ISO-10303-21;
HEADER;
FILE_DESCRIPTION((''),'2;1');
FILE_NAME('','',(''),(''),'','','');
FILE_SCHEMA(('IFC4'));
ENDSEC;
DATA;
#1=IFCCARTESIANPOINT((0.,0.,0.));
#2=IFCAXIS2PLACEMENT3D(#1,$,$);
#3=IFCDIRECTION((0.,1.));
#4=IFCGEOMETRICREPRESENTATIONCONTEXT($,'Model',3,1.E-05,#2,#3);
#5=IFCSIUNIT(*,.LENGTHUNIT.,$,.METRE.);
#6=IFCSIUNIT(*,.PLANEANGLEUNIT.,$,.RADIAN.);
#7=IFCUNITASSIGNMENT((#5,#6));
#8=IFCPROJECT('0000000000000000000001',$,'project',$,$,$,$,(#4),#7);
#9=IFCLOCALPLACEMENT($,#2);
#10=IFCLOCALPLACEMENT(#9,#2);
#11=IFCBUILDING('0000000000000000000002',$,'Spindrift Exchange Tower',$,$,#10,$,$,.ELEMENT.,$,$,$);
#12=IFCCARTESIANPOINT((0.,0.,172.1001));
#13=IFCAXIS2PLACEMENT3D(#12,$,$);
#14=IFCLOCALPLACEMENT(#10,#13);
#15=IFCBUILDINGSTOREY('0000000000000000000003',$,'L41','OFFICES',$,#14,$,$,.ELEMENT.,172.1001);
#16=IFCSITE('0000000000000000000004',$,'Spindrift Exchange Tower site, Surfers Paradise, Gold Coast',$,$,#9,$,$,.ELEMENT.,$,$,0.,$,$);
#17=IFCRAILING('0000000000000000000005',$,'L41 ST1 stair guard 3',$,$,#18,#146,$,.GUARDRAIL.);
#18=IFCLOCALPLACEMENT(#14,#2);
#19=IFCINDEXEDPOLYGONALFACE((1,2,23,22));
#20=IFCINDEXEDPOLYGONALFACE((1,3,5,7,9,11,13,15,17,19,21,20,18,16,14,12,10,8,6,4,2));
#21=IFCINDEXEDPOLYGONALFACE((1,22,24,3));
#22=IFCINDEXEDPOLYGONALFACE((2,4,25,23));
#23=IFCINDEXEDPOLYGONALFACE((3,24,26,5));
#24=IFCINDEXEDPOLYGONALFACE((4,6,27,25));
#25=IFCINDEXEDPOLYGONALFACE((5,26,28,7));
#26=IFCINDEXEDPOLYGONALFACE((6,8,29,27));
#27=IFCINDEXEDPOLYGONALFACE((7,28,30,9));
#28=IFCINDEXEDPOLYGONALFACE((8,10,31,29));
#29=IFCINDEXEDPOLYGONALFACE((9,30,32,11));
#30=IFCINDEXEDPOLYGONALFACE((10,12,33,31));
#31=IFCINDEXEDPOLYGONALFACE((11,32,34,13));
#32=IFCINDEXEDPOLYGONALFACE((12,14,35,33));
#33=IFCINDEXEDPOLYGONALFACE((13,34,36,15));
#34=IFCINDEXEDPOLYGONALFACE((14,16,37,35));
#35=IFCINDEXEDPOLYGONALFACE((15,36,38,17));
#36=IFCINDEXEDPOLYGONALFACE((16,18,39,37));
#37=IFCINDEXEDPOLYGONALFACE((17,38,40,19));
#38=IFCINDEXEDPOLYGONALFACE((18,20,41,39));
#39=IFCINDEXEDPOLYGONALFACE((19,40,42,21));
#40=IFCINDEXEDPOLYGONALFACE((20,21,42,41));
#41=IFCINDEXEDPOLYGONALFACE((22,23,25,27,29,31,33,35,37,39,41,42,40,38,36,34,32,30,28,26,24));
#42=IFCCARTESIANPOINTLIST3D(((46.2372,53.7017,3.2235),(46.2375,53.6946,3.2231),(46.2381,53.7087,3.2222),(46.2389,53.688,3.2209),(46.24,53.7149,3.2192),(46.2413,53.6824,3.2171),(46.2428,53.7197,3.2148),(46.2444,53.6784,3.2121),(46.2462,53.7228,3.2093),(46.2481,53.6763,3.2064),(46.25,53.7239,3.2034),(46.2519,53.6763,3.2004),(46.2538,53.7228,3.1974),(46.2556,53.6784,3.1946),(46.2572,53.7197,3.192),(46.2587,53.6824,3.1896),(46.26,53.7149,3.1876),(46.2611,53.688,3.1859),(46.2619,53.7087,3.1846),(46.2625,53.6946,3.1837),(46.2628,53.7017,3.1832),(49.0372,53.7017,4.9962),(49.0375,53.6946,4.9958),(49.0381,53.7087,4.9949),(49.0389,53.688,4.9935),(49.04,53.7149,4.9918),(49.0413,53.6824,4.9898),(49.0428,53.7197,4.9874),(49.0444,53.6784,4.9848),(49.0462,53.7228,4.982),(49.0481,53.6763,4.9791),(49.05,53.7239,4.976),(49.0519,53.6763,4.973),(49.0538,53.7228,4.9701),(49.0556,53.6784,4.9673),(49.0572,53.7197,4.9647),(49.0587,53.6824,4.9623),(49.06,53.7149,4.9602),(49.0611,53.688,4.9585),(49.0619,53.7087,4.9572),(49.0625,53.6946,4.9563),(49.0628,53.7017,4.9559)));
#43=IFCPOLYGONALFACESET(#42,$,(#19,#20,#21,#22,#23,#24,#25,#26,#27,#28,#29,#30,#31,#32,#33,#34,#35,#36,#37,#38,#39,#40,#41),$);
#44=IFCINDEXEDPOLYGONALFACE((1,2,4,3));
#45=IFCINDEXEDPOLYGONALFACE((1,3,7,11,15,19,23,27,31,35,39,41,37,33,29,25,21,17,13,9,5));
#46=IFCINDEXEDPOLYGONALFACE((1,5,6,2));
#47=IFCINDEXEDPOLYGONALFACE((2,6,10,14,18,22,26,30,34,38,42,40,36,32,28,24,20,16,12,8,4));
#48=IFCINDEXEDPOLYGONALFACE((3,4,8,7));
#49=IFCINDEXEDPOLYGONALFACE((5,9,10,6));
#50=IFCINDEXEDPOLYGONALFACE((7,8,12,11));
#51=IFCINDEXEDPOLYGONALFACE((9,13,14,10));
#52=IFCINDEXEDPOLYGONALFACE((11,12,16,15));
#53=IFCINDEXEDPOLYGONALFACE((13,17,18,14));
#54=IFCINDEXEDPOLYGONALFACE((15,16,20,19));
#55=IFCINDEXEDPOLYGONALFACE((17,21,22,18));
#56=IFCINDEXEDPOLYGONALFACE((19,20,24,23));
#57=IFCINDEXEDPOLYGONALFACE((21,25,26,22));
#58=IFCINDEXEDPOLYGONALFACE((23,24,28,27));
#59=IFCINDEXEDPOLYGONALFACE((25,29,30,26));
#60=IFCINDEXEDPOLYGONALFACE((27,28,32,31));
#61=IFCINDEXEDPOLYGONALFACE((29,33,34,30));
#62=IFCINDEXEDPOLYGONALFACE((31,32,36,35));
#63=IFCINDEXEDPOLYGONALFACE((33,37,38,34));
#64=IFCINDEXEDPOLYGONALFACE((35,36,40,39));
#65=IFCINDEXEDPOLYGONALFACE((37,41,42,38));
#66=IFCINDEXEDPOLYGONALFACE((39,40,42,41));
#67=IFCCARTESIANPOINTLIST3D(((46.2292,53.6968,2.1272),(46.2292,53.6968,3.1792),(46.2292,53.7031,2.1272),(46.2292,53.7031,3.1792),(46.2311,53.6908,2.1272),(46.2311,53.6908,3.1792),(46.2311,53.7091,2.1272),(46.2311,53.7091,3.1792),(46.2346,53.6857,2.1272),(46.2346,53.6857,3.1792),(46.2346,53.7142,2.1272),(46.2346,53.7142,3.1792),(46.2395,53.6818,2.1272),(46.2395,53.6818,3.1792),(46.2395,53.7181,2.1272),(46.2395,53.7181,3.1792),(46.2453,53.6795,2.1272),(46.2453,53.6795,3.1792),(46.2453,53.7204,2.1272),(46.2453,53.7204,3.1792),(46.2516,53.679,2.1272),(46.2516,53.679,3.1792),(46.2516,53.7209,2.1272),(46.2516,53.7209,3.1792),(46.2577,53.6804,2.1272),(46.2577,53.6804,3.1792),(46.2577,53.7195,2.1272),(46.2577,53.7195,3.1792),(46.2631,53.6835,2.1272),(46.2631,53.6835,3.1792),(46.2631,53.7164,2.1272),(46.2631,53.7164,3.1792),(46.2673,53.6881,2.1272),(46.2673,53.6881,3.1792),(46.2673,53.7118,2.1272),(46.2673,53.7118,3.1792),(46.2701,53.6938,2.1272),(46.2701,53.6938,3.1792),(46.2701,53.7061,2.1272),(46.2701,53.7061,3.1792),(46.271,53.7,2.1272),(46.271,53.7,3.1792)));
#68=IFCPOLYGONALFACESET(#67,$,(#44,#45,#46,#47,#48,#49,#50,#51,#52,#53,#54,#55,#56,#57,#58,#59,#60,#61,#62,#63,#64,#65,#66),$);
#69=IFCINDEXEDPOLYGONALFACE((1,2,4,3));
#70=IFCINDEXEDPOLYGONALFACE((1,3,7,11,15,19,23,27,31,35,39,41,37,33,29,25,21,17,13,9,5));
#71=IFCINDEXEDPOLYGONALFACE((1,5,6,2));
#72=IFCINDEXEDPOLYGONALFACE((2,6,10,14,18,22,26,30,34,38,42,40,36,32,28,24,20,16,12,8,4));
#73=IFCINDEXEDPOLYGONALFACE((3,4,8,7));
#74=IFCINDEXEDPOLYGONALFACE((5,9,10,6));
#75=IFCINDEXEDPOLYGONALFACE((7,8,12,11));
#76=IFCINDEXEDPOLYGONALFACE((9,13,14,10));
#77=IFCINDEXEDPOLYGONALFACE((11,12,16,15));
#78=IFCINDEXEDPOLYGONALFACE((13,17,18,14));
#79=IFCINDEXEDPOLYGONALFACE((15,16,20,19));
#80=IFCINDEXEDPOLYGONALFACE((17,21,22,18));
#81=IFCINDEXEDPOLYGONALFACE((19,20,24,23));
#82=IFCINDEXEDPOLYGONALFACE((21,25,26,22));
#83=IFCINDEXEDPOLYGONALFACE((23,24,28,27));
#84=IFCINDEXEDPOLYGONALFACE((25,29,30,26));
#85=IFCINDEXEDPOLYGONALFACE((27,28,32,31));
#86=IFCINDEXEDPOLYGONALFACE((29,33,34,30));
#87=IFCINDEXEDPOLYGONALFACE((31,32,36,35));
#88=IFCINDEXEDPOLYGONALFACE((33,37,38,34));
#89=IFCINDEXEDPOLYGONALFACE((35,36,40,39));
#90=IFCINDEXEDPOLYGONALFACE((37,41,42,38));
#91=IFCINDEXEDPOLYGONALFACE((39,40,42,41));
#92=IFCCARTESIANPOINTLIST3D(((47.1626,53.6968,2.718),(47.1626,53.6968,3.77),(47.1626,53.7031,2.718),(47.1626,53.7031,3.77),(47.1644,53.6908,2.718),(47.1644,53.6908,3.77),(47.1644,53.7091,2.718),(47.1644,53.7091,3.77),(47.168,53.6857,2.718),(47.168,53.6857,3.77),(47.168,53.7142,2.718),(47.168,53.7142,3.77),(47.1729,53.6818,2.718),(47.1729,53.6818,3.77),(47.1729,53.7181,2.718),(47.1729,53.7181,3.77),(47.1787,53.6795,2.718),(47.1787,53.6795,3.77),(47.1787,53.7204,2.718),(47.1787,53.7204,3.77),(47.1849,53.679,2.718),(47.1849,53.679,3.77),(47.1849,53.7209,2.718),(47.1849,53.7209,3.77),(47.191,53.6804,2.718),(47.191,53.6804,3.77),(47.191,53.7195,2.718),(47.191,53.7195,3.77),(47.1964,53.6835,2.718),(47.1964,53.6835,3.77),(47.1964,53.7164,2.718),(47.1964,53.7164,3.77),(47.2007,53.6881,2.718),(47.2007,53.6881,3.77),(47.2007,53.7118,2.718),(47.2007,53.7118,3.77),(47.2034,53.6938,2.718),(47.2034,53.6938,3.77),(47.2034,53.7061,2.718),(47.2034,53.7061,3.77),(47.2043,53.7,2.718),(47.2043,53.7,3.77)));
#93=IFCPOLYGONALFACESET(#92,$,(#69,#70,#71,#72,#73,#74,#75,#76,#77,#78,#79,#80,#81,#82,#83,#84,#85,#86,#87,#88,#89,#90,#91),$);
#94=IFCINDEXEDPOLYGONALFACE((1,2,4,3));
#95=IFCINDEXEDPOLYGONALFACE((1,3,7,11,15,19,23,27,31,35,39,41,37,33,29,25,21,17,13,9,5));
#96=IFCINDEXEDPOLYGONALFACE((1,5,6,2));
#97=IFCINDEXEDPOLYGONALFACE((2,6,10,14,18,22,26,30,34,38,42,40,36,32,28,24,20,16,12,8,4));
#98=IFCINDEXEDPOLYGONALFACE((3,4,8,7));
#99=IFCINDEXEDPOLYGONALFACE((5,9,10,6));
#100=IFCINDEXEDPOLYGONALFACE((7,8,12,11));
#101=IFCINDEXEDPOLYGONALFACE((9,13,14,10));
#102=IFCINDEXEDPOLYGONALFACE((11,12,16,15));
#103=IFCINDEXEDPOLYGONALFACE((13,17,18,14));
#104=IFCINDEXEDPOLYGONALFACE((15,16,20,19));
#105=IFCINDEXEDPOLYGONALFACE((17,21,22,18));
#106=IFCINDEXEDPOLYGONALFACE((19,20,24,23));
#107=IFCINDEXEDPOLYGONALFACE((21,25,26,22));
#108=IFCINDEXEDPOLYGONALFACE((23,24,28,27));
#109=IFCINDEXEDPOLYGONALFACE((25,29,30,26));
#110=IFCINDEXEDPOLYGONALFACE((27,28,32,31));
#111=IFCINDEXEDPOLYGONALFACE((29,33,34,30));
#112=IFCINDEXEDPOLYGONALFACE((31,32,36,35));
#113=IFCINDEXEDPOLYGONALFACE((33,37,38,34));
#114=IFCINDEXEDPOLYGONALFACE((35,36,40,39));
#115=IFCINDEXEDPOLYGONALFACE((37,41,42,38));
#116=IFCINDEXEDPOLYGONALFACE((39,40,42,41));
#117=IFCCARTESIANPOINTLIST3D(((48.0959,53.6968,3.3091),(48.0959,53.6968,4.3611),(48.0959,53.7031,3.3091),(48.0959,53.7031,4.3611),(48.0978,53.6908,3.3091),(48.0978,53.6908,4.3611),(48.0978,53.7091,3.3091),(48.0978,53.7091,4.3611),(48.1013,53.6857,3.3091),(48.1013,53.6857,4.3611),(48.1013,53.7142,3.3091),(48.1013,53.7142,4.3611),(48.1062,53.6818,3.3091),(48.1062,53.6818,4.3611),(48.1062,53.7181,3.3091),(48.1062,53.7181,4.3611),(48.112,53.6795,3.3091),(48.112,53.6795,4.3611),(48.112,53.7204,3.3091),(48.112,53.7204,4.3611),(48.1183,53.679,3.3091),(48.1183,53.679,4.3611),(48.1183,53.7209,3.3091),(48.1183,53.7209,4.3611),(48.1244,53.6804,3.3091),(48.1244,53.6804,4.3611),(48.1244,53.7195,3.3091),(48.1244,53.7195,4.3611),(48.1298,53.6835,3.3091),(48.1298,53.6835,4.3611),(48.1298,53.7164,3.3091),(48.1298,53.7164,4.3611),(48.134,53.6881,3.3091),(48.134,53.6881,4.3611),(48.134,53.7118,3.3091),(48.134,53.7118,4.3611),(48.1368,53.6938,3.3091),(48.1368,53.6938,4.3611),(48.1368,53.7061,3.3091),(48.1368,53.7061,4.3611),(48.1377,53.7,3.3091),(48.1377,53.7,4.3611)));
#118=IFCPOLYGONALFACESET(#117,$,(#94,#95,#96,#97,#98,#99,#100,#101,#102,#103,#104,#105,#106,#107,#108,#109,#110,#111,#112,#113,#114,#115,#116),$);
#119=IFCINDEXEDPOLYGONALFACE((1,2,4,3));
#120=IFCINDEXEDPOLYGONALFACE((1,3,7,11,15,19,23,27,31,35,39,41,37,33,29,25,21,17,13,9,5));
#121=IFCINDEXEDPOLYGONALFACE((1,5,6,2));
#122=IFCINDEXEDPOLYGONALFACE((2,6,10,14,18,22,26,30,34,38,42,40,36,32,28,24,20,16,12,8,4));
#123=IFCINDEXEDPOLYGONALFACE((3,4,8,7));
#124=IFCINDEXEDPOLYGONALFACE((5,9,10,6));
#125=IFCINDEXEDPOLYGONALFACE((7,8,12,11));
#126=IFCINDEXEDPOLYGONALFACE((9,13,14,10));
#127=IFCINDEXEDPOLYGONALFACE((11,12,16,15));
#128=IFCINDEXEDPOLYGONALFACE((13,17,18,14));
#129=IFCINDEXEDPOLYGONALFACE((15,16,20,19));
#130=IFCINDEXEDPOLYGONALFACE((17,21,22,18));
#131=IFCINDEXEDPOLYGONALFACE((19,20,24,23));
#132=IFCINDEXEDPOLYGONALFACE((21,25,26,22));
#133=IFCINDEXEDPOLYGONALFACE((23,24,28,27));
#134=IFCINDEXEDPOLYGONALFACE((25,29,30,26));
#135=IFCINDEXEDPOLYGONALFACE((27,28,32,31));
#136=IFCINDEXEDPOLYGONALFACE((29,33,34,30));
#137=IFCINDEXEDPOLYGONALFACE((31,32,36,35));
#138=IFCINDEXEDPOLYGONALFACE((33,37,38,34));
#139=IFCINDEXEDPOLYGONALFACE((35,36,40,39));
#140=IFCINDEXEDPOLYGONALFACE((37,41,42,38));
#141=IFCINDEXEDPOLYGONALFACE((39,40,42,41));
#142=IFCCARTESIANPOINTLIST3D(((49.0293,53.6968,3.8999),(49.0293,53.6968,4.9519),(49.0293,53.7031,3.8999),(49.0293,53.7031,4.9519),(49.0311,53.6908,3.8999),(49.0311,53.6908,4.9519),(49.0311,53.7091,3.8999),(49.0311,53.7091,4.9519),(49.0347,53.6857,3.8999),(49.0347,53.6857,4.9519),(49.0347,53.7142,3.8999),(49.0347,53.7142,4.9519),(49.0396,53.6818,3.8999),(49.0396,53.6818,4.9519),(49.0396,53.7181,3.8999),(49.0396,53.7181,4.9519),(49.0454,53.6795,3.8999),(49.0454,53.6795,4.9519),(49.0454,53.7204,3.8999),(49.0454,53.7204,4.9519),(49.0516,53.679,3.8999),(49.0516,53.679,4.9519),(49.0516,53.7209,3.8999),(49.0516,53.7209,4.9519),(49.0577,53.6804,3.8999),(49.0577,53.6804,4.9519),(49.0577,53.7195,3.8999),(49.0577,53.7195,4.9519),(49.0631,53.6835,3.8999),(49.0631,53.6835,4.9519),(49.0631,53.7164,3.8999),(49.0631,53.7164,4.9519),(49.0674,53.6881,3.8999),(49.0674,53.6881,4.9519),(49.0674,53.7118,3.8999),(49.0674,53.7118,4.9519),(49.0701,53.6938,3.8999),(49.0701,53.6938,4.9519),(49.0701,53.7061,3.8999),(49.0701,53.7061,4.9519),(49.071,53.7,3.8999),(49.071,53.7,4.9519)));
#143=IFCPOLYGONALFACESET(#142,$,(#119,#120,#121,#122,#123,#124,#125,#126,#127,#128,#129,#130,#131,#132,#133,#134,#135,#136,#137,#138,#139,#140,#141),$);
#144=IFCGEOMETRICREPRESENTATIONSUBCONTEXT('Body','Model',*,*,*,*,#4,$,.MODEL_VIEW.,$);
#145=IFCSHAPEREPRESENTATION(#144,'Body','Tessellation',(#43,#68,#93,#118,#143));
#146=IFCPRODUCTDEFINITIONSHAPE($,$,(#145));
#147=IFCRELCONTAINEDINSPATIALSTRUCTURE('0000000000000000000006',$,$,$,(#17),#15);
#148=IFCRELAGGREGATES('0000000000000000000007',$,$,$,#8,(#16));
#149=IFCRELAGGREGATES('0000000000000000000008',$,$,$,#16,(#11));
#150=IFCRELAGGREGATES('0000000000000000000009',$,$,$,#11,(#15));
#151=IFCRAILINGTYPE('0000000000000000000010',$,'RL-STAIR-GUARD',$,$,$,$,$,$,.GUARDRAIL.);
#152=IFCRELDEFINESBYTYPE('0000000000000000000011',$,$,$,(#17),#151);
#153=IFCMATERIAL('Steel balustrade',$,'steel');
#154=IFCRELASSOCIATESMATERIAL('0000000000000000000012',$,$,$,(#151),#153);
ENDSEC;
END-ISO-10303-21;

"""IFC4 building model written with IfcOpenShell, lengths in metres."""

from ifc_helpers import new_model, si_unit, direction, frame, origin, origin_2d, place, context, subcontext, project, spatial, circle, extrude, material, type_object, element, save


model = new_model("IFC4")

# Units and contexts
model_context = context("Model", 3, precision=1e-05, world=origin(), true_north=direction((0.0, 1.0)))
body_context = subcontext(model_context, "Body", "Model", "MODEL_VIEW")
ifc_project = project(units=[si_unit("LENGTHUNIT", "METRE"), si_unit("PLANEANGLEUNIT", "RADIAN")], contexts=[model_context])

# Site, building, storey
site_placement = place(None, origin())
site = spatial("IfcSite", under=ifc_project, at=site_placement, Name="Spindrift Exchange Tower site, Surfers Paradise, Gold Coast", CompositionType="ELEMENT", RefElevation=0.0)
building_placement = place(site_placement, origin())
building = spatial("IfcBuilding", under=site, at=building_placement, Name="Spindrift Exchange Tower", CompositionType="ELEMENT")
storey_placement = place(building_placement, frame((0.0, 0.0, 172.1001)))
storey = spatial("IfcBuildingStorey", under=building, at=storey_placement, Name="L41", Description="OFFICES", CompositionType="ELEMENT", Elevation=172.1001)

# Railing
ifc_material_1 = material(Name="Steel balustrade", Category="steel")
railing_type_1 = type_object("IfcRailingType", Name="RL-STAIR-GUARD", PredefinedType="GUARDRAIL", material=ifc_material_1)
railing_1_placement = place(storey_placement, frame((46.25, 53.7, 2.1272)))
element("IfcRailing", 1, at=railing_1_placement, inside=storey, type_object=railing_type_1, Name="L41 ST1 stair guard 3", PredefinedType="GUARDRAIL", context=body_context, shape_type="SweptSolid", body=[
    extrude(circle(Radius=0.0239, at=origin_2d()), frame((0.0, 0.0, 1.0762), z_axis=(0.844909, 0.0, 0.53491), x_axis=(0.0, 1.0, 0.0)), (0.0, 0.0, 1.0), 3.314),
    extrude(circle(Radius=0.021, at=origin_2d()), origin(), (0.0, 0.0, 1.0), 1.052),
    extrude(circle(Radius=0.021, at=origin_2d()), frame((0.9333, 0.0, 0.5908)), (0.0, 0.0, 1.0), 1.052),
    extrude(circle(Radius=0.021, at=origin_2d()), frame((1.8667, 0.0, 1.1819)), (0.0, 0.0, 1.0), 1.052),
    extrude(circle(Radius=0.021, at=origin_2d()), frame((2.8, 0.0, 1.7727)), (0.0, 0.0, 1.0), 1.052),
])

save(model, "model.ifc")
